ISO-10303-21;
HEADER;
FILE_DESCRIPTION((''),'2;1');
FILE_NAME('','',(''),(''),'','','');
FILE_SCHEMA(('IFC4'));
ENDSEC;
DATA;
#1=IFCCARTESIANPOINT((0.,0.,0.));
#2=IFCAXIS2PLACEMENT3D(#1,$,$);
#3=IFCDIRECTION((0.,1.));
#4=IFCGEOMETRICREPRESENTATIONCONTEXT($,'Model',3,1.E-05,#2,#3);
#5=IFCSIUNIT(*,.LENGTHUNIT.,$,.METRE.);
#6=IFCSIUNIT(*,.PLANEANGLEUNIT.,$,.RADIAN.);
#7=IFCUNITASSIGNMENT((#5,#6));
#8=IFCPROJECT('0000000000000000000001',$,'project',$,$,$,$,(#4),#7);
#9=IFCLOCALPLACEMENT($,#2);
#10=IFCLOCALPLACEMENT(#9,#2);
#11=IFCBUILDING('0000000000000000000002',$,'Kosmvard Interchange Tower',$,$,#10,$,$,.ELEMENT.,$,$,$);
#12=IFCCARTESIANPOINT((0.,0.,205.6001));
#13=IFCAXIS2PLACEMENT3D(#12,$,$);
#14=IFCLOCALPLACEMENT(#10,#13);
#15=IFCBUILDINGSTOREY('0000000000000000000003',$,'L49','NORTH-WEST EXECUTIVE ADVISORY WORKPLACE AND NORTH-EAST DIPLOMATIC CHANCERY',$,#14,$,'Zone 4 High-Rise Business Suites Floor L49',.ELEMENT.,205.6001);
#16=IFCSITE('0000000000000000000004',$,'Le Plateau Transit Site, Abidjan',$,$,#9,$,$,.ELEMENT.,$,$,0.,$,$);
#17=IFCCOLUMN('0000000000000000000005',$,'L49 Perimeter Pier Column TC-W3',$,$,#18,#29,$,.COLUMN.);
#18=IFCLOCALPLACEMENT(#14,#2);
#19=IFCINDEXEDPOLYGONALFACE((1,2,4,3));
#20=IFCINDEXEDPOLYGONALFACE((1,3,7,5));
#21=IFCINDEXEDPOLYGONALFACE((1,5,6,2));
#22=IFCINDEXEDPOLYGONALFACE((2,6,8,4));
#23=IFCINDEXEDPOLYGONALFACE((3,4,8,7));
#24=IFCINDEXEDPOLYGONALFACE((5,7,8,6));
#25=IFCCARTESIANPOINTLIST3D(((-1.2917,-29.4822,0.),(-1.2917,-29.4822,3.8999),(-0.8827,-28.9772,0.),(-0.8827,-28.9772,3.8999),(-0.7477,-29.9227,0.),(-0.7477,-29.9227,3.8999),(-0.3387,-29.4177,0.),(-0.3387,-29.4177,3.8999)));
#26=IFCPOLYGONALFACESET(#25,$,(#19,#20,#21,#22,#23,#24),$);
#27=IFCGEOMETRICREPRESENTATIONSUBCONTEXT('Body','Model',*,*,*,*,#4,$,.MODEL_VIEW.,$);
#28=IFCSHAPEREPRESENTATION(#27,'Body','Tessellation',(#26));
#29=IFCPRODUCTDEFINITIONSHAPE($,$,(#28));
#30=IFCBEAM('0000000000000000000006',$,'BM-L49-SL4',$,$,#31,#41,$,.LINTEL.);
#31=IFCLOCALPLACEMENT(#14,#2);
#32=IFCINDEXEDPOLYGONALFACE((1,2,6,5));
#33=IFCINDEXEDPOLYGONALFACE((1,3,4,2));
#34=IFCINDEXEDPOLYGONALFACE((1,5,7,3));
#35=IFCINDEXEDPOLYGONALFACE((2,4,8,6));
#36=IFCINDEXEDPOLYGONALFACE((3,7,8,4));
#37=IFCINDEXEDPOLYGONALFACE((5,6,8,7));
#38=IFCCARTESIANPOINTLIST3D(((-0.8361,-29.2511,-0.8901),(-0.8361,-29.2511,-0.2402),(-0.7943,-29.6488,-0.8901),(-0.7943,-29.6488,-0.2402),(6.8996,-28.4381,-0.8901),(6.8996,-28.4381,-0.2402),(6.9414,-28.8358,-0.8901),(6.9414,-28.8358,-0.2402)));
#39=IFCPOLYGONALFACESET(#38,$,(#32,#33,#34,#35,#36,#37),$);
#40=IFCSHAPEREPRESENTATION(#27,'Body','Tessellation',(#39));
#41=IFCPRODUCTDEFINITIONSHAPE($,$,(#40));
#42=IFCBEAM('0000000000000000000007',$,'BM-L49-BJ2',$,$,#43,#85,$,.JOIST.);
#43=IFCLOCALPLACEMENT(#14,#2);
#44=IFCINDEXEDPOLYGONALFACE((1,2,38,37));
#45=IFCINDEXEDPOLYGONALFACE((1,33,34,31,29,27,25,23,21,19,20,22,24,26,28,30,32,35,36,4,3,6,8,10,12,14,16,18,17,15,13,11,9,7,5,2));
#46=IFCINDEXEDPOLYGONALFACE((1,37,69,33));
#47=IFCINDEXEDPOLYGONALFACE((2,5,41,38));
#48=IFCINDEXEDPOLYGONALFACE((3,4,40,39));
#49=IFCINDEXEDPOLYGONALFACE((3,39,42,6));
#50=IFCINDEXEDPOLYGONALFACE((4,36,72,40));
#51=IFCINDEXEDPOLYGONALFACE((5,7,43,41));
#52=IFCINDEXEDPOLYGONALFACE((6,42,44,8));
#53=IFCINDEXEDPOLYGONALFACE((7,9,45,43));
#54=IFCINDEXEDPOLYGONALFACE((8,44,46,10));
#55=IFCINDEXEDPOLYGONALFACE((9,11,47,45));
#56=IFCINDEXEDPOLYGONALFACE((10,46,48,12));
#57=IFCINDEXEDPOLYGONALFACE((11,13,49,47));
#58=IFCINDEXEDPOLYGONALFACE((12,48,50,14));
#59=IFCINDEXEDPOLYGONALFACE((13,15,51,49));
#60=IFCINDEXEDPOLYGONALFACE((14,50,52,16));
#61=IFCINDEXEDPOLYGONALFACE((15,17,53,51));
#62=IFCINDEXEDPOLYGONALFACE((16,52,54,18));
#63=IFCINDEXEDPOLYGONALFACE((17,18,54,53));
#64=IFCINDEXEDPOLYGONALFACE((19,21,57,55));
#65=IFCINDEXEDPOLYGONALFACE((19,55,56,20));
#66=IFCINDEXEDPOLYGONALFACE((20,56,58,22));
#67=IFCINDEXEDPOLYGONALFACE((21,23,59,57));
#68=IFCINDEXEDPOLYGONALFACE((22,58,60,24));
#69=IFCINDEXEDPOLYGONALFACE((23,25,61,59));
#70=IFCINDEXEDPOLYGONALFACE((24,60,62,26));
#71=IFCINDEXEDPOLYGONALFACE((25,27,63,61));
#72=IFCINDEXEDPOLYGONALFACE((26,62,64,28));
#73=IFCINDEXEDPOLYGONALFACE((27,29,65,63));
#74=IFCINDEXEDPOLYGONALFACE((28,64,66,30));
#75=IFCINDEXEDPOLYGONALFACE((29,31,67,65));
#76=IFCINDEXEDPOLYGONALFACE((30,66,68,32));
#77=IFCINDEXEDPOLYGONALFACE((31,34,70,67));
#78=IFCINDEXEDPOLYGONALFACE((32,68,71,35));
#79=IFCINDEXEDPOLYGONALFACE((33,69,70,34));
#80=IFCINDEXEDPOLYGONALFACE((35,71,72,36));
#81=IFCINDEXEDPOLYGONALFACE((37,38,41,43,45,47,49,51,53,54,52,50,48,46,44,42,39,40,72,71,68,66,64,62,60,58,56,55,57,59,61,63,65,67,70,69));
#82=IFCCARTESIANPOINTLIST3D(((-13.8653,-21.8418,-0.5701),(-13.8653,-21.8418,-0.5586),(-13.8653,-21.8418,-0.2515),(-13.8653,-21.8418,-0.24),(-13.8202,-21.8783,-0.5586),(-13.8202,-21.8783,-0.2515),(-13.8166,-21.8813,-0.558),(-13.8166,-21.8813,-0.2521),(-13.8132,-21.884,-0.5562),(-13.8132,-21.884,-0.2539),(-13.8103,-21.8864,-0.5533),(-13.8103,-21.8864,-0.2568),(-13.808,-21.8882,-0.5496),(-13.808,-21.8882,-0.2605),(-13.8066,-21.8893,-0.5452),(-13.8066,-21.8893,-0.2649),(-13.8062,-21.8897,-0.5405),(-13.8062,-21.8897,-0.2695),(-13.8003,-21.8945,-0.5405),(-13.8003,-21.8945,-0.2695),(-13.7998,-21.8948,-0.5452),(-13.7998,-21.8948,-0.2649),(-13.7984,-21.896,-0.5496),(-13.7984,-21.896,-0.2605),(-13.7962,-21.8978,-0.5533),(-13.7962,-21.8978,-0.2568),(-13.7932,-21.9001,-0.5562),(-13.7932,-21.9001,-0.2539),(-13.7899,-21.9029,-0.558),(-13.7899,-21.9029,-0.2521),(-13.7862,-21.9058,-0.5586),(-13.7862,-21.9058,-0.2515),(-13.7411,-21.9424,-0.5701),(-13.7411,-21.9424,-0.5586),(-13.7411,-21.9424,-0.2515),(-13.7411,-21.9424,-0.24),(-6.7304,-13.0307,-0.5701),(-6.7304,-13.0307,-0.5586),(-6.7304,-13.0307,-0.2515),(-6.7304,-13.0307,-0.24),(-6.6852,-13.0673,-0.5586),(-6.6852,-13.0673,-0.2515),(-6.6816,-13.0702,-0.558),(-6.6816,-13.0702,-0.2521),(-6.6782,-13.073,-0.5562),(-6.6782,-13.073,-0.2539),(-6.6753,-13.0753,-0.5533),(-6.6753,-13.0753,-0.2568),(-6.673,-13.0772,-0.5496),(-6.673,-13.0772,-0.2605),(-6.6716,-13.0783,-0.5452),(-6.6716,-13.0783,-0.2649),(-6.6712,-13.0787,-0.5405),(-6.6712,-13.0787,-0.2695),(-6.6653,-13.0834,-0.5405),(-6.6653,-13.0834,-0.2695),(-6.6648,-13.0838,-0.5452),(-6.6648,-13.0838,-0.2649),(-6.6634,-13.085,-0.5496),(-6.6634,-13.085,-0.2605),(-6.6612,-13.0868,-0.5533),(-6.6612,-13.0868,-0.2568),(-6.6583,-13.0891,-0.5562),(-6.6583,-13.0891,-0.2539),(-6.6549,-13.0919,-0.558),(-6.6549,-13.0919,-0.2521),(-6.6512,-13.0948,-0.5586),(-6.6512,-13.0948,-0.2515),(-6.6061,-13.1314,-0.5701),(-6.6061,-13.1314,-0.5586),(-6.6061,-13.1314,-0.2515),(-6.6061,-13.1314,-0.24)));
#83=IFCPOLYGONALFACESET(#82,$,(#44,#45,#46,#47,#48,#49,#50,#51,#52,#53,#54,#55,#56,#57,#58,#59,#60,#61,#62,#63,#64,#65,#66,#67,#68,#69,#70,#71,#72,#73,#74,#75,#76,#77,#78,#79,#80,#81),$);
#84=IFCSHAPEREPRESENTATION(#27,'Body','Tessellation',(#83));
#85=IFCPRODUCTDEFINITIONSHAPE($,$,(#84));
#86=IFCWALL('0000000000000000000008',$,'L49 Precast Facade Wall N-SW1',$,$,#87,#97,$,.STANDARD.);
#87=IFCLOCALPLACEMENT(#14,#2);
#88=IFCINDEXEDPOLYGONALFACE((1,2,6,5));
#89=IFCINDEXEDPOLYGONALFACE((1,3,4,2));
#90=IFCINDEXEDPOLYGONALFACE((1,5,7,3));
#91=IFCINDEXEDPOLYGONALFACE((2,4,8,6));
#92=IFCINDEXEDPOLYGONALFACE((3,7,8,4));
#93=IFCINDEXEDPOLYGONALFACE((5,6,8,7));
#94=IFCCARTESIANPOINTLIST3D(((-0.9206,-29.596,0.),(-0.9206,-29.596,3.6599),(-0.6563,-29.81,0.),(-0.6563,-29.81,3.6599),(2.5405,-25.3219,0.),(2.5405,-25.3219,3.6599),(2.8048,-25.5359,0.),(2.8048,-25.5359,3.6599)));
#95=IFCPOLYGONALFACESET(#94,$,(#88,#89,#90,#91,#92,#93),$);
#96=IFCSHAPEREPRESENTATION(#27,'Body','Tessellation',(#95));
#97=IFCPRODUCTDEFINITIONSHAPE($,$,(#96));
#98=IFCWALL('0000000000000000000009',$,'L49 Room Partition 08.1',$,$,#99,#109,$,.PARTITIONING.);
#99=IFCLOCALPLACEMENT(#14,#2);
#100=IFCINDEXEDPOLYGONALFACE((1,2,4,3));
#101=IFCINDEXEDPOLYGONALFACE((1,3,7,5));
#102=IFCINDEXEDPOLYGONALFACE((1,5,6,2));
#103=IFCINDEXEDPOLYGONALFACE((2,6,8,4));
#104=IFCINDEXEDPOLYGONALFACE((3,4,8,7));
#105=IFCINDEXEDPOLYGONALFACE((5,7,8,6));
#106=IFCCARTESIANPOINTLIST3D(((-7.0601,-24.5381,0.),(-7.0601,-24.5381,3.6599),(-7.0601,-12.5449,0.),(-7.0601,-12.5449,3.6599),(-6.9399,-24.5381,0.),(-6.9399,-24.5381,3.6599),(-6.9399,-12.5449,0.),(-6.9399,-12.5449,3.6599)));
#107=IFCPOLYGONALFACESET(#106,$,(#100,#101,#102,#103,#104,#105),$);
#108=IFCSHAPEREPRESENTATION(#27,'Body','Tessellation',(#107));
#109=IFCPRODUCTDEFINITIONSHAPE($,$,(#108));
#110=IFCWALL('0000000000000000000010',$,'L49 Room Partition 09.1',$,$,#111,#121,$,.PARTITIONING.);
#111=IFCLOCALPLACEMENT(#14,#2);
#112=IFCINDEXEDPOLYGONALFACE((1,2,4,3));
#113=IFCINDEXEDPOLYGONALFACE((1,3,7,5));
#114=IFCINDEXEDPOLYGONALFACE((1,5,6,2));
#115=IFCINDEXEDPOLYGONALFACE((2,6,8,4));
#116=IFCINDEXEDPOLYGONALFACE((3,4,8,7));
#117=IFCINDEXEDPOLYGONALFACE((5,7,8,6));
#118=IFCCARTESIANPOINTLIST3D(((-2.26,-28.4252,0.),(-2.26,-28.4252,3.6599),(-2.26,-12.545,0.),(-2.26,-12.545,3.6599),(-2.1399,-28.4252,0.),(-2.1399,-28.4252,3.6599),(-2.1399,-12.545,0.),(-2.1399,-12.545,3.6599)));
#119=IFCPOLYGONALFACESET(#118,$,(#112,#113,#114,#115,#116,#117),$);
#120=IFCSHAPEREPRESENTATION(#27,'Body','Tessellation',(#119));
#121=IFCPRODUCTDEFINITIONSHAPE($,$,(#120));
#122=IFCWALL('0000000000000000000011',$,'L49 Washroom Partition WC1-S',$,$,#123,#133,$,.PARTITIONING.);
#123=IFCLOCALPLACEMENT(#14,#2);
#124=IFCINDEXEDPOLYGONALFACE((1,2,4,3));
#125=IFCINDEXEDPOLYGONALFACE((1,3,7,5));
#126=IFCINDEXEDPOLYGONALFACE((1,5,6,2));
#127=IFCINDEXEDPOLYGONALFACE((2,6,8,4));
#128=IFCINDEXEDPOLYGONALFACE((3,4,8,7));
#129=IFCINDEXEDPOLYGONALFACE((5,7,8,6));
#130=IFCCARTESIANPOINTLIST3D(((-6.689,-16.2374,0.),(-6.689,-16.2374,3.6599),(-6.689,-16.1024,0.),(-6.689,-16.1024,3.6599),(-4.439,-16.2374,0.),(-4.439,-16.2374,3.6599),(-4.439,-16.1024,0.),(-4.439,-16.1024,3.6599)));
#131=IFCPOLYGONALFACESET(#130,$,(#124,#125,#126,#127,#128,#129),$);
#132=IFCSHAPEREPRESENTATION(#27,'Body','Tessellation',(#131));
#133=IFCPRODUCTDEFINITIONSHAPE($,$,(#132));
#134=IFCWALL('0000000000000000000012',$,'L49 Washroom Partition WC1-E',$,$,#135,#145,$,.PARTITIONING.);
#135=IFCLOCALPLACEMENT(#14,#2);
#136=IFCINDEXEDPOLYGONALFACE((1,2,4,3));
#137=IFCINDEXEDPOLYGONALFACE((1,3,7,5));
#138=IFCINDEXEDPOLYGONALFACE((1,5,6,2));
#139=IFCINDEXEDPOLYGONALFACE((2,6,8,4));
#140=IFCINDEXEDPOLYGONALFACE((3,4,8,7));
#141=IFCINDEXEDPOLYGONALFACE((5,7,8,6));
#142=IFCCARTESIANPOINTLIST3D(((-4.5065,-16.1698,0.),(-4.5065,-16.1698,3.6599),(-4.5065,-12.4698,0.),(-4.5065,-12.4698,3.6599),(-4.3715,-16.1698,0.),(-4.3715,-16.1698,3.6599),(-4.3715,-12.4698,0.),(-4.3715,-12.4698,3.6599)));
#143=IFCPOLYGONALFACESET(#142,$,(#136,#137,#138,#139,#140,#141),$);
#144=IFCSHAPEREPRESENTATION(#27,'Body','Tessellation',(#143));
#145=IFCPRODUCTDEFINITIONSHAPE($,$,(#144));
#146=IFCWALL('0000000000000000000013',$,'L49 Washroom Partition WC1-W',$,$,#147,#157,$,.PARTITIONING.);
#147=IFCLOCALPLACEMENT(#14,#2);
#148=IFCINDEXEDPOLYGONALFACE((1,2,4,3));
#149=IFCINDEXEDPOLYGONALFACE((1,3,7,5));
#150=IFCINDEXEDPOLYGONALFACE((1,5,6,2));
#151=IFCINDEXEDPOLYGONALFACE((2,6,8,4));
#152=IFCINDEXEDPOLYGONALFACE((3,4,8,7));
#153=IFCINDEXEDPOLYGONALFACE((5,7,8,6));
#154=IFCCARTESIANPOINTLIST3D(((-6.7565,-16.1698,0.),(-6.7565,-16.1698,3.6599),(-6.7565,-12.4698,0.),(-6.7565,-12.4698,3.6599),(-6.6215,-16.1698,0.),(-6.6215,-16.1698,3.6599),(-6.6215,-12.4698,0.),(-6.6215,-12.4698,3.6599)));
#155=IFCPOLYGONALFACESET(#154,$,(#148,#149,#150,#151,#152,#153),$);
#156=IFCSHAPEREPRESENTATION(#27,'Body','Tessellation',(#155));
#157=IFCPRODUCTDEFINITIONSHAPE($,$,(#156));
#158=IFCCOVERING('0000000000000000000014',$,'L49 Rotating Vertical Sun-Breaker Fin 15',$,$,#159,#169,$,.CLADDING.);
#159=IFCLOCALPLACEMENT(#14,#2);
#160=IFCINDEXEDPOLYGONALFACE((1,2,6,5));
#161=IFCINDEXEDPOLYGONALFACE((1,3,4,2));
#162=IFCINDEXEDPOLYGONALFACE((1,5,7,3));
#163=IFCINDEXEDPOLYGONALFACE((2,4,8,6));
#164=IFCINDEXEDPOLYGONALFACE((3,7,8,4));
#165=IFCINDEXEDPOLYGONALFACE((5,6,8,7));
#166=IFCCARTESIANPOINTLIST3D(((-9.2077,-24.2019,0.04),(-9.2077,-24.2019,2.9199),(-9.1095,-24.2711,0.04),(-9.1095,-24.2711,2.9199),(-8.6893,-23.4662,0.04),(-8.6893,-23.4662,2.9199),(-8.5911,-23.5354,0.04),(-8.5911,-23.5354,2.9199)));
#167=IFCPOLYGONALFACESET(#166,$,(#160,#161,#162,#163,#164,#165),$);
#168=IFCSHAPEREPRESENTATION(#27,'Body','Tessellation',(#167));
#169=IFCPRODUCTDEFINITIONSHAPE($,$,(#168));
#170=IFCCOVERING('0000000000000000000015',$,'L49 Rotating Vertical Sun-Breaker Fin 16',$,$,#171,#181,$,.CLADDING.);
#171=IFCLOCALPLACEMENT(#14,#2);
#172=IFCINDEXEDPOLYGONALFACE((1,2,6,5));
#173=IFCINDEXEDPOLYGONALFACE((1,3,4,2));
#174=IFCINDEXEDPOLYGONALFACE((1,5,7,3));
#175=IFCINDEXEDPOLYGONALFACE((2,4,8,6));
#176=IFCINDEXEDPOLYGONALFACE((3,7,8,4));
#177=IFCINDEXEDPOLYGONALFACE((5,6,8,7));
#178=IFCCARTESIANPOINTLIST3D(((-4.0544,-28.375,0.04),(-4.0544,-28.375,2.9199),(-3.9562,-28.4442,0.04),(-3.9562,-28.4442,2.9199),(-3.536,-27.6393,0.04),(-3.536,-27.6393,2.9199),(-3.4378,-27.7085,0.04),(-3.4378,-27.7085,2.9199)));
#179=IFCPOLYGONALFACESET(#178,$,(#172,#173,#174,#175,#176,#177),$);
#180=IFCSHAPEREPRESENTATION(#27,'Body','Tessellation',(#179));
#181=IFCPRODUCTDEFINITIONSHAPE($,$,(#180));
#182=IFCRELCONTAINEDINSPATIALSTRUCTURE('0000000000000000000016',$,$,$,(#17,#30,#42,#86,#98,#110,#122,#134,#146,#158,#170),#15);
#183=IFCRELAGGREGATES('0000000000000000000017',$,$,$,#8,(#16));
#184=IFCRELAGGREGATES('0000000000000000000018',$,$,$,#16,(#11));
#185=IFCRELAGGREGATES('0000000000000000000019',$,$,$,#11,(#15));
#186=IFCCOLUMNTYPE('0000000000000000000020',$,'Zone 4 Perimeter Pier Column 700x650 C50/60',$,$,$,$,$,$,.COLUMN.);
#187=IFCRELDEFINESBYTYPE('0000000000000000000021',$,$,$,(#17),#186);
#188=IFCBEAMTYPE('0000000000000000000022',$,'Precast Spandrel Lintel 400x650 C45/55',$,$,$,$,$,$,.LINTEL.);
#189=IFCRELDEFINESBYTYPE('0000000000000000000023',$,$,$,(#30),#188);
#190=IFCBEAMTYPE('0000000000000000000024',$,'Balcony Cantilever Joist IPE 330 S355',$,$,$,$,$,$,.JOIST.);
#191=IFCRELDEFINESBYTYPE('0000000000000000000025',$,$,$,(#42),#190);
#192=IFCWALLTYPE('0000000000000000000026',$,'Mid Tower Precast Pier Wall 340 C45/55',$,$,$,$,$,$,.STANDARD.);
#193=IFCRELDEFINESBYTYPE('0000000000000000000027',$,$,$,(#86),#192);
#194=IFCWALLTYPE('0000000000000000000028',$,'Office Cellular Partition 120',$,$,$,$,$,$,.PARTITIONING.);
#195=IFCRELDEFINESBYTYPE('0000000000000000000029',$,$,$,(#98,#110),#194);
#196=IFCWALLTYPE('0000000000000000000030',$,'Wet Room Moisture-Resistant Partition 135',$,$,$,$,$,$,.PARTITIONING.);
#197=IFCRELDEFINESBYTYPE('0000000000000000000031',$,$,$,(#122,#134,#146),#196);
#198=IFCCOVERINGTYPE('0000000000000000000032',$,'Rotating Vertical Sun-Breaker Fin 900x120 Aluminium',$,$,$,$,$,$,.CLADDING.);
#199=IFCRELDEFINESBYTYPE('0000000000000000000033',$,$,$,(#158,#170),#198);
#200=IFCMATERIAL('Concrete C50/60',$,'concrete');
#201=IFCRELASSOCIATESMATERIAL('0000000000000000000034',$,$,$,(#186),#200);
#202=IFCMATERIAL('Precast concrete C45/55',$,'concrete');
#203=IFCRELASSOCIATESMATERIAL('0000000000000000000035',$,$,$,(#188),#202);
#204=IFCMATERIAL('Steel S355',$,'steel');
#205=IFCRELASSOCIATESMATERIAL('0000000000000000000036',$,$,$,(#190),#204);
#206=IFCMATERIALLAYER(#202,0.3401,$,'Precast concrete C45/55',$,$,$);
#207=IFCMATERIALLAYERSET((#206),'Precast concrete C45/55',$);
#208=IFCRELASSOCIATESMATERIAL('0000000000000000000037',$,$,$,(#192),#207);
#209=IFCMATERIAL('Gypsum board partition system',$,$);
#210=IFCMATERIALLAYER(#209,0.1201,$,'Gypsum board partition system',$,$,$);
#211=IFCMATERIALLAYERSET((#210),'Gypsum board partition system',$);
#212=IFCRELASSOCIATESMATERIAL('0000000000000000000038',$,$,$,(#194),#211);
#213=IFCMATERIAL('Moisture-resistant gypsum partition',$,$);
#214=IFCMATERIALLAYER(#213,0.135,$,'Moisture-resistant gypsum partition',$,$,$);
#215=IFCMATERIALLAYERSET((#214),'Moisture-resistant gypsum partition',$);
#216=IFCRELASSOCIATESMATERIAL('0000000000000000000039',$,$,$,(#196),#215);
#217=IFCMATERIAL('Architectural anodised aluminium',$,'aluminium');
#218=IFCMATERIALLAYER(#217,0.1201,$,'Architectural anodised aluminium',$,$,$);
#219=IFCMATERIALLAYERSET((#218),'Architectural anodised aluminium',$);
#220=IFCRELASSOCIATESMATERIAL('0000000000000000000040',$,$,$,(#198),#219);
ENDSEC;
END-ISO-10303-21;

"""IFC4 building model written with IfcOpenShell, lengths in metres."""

from ifc_helpers import new_model, si_unit, direction, frame, frame_2d, origin, origin_2d, place, context, subcontext, project, spatial, rectangle, i_section, extrude, source, transform, mapped, material, layer, layer_set, material_profile, profile_set, type_object, element, save


model = new_model("IFC4")

# Units and contexts
model_context = context("Model", 3, precision=1e-05, world=origin(), true_north=direction((0.0, 1.0)))
body_context = subcontext(model_context, "Body", "Model", "MODEL_VIEW")
ifc_project = project(units=[si_unit("LENGTHUNIT", "METRE"), si_unit("PLANEANGLEUNIT", "RADIAN")], contexts=[model_context])

# Site, building, storey
site_placement = place(None, origin())
site = spatial("IfcSite", under=ifc_project, at=site_placement, Name="Le Plateau Transit Site, Abidjan", CompositionType="ELEMENT", RefElevation=0.0)
building_placement = place(site_placement, origin())
building = spatial("IfcBuilding", under=site, at=building_placement, Name="Kosmvard Interchange Tower", CompositionType="ELEMENT")
storey_placement = place(building_placement, frame((0.0, 0.0, 205.6001)))
storey = spatial("IfcBuildingStorey", under=building, at=storey_placement, Name="L49", Description="NORTH-WEST EXECUTIVE ADVISORY WORKPLACE AND NORTH-EAST DIPLOMATIC CHANCERY", LongName="Zone 4 High-Rise Business Suites Floor L49", CompositionType="ELEMENT", Elevation=205.6001)

# Column
ifc_material_1 = material(Name="Concrete C50/60", Category="concrete")
ifc_material_profile_1 = material_profile(ifc_material_1, rectangle(XDim=0.6499, YDim=0.7, at=origin_2d()), Name="TC 700x650")
ifc_profile_set_1 = profile_set([ifc_material_profile_1], Name="Concrete C50/60")
column_type = type_object("IfcColumnType", Name="Zone 4 Perimeter Pier Column 700x650 C50/60", PredefinedType="COLUMN", material=ifc_profile_set_1)
shared_shape_1 = source(origin(), body_context, "Body", "SweptSolid", [
    extrude(rectangle(XDim=0.6499, YDim=0.7, at=origin_2d()), origin(), (0.0, 0.0, 1.0), 3.8999),
])
column_placement = place(storey_placement, frame((-0.8152, -29.45, 0.0), z_axis=(0.0, 0.0, 1.0), x_axis=(0.62932, 0.777146, 0.0)))
element("IfcColumn", 1, at=column_placement, inside=storey, type_object=column_type, Name="L49 Perimeter Pier Column TC-W3", PredefinedType="COLUMN", context=body_context, shape_type="MappedRepresentation", body=[
    mapped(shared_shape_1, transform((0.0, 0.0, 0.0), scale=1.0)),
])

# Beams
ifc_material_2 = material(Name="Precast concrete C45/55", Category="concrete")
ifc_material_profile_2 = material_profile(ifc_material_2, rectangle(XDim=0.3999, YDim=0.6499, at=origin_2d()), Name="SL 400x650")
ifc_profile_set_2 = profile_set([ifc_material_profile_2], Name="Precast concrete C45/55")
beam_type_1 = type_object("IfcBeamType", Name="Precast Spandrel Lintel 400x650 C45/55", PredefinedType="LINTEL", material=ifc_profile_set_2)
shared_shape_2 = source(origin(), body_context, "Body", "SweptSolid", [
    extrude(rectangle(XDim=0.3999, YDim=0.6499, at=origin_2d()), origin(), (0.0, 0.0, 1.0), 7.7783),
])
beam_1_placement = place(storey_placement, frame((-0.8152, -29.45, -0.5652), z_axis=(0.994523, 0.104521, 0.0), x_axis=(-0.104521, 0.994523, 0.0)))
element("IfcBeam", 2, at=beam_1_placement, inside=storey, type_object=beam_type_1, Name="BM-L49-SL4", PredefinedType="LINTEL", context=body_context, shape_type="MappedRepresentation", body=[
    mapped(shared_shape_2, transform((0.0, 0.0, 0.0), scale=1.0)),
])
ifc_material_3 = material(Name="Steel S355", Category="steel")
ifc_material_profile_3 = material_profile(ifc_material_3, i_section(OverallWidth=0.1599, OverallDepth=0.3301, WebThickness=0.0076, FlangeThickness=0.0115, FilletRadius=0.0181, at=origin_2d()), Name="IPE 330")
ifc_profile_set_3 = profile_set([ifc_material_profile_3], Name="Steel S355")
beam_type_2 = type_object("IfcBeamType", Name="Balcony Cantilever Joist IPE 330 S355", PredefinedType="JOIST", material=ifc_profile_set_3)
shared_shape_3 = source(origin(), body_context, "Body", "SweptSolid", [
    extrude(i_section(OverallWidth=0.1599, OverallDepth=0.3301, WebThickness=0.0076, FlangeThickness=0.0115, FilletRadius=0.0181, at=origin_2d()), origin(), (0.0, 0.0, 1.0), 11.3376),
])
beam_2_placement = place(storey_placement, frame((-6.6682, -13.0811, -0.405), z_axis=(-0.629319, -0.777147, 0.0), x_axis=(0.777147, -0.629319, 0.0)))
element("IfcBeam", 3, at=beam_2_placement, inside=storey, type_object=beam_type_2, Name="BM-L49-BJ2", PredefinedType="JOIST", context=body_context, shape_type="MappedRepresentation", body=[
    mapped(shared_shape_3, transform((0.0, 0.0, 0.0), scale=1.0)),
])

# Walls
ifc_layer_1 = layer(ifc_material_2, 0.3401, Name="Precast concrete C45/55")
ifc_layer_set_1 = layer_set([ifc_layer_1], Name="Precast concrete C45/55")
wall_type_1 = type_object("IfcWallType", Name="Mid Tower Precast Pier Wall 340 C45/55", PredefinedType="STANDARD", material=ifc_layer_set_1)
wall_1_placement = place(storey_placement, frame((-0.7886, -29.7031, 0.0), z_axis=(0.0, 0.0, 1.0), x_axis=(0.629323, 0.777144, 0.0)))
element("IfcWall", 4, at=wall_1_placement, inside=storey, type_object=wall_type_1, Name="L49 Precast Facade Wall N-SW1", PredefinedType="STANDARD", context=body_context, shape_type="SweptSolid", body=[
    extrude(rectangle(XDim=5.4998, YDim=0.3401, at=frame_2d((2.75, 0.0))), origin(), (0.0, 0.0, 1.0), 3.6599),
])
ifc_material_4 = material(Name="Gypsum board partition system")
ifc_layer_2 = layer(ifc_material_4, 0.1201, Name="Gypsum board partition system")
ifc_layer_set_2 = layer_set([ifc_layer_2], Name="Gypsum board partition system")
wall_type_2 = type_object("IfcWallType", Name="Office Cellular Partition 120", PredefinedType="PARTITIONING", material=ifc_layer_set_2)
wall_2_placement = place(storey_placement, frame((-7.0, -24.5381, 0.0), z_axis=(0.0, 0.0, 1.0), x_axis=(0.0, 1.0, 0.0)))
element("IfcWall", 5, at=wall_2_placement, inside=storey, type_object=wall_type_2, Name="L49 Room Partition 08.1", PredefinedType="PARTITIONING", context=body_context, shape_type="SweptSolid", body=[
    extrude(rectangle(XDim=11.9932, YDim=0.1201, at=frame_2d((5.9966, 0.0))), origin(), (0.0, 0.0, 1.0), 3.6599),
])
wall_3_placement = place(storey_placement, frame((-2.2, -28.425, 0.0), z_axis=(0.0, 0.0, 1.0), x_axis=(0.0, 1.0, 0.0)))
element("IfcWall", 6, at=wall_3_placement, inside=storey, type_object=wall_type_2, Name="L49 Room Partition 09.1", PredefinedType="PARTITIONING", context=body_context, shape_type="SweptSolid", body=[
    extrude(rectangle(XDim=15.8801, YDim=0.1201, at=frame_2d((7.9399, 0.0))), origin(), (0.0, 0.0, 1.0), 3.6599),
])
ifc_material_5 = material(Name="Moisture-resistant gypsum partition")
ifc_layer_3 = layer(ifc_material_5, 0.135, Name="Moisture-resistant gypsum partition")
ifc_layer_set_3 = layer_set([ifc_layer_3], Name="Moisture-resistant gypsum partition")
wall_type_3 = type_object("IfcWallType", Name="Wet Room Moisture-Resistant Partition 135", PredefinedType="PARTITIONING", material=ifc_layer_set_3)
wall_4_placement = place(storey_placement, frame((-6.689, -16.1699, 0.0), z_axis=(0.0, 0.0, 1.0), x_axis=(1.0, 0.0, 0.0)))
element("IfcWall", 7, at=wall_4_placement, inside=storey, type_object=wall_type_3, Name="L49 Washroom Partition WC1-S", PredefinedType="PARTITIONING", context=body_context, shape_type="SweptSolid", body=[
    extrude(rectangle(XDim=2.25, YDim=0.135, at=frame_2d((1.125, 0.0))), origin(), (0.0, 0.0, 1.0), 3.6599),
])
for number, where, z_axis, x_axis, name in (
    (8, (-4.439, -16.1699, 0.0), (0.0, 0.0, 1.0), (0.0, 1.0, 0.0), "L49 Washroom Partition WC1-E"),
    (9, (-6.689, -16.1699, 0.0), (0.0, 0.0, 1.0), (0.0, 1.0, 0.0), "L49 Washroom Partition WC1-W"),
):
    element("IfcWall", number, at=place(storey_placement, frame(where, z_axis=z_axis, x_axis=x_axis)), inside=storey, type_object=wall_type_3, Name=name, PredefinedType="PARTITIONING", context=body_context, shape_type="SweptSolid", body=[
        extrude(rectangle(XDim=3.7, YDim=0.135, at=frame_2d((1.8501, 0.0))), origin(), (0.0, 0.0, 1.0), 3.6599),
    ])

# Coverings
ifc_material_6 = material(Name="Architectural anodised aluminium", Category="aluminium")
ifc_layer_4 = layer(ifc_material_6, 0.1201, Name="Architectural anodised aluminium")
ifc_layer_set_4 = layer_set([ifc_layer_4], Name="Architectural anodised aluminium")
covering_type = type_object("IfcCoveringType", Name="Rotating Vertical Sun-Breaker Fin 900x120 Aluminium", PredefinedType="CLADDING", material=ifc_layer_set_4)
shared_shape_4 = source(origin(), body_context, "Body", "SweptSolid", [
    extrude(rectangle(XDim=0.8999, YDim=0.1201, at=origin_2d()), origin(), (0.0, 0.0, 1.0), 2.8799),
])
for number, where, z_axis, x_axis, name in (
    (10, (-8.8994, -23.8687, 0.04), (0.0, 0.0, 1.0), (-0.576004, -0.817447, 0.0), "L49 Rotating Vertical Sun-Breaker Fin 15"),
    (11, (-3.7461, -28.0417, 0.04), (0.0, 0.0, 1.0), (-0.576004, -0.817447, 0.0), "L49 Rotating Vertical Sun-Breaker Fin 16"),
):
    element("IfcCovering", number, at=place(storey_placement, frame(where, z_axis=z_axis, x_axis=x_axis)), inside=storey, type_object=covering_type, Name=name, PredefinedType="CLADDING", context=body_context, shape_type="MappedRepresentation", body=[
        mapped(shared_shape_4, transform((0.0, 0.0, 0.0), scale=1.0)),
    ])

save(model, "model.ifc")
